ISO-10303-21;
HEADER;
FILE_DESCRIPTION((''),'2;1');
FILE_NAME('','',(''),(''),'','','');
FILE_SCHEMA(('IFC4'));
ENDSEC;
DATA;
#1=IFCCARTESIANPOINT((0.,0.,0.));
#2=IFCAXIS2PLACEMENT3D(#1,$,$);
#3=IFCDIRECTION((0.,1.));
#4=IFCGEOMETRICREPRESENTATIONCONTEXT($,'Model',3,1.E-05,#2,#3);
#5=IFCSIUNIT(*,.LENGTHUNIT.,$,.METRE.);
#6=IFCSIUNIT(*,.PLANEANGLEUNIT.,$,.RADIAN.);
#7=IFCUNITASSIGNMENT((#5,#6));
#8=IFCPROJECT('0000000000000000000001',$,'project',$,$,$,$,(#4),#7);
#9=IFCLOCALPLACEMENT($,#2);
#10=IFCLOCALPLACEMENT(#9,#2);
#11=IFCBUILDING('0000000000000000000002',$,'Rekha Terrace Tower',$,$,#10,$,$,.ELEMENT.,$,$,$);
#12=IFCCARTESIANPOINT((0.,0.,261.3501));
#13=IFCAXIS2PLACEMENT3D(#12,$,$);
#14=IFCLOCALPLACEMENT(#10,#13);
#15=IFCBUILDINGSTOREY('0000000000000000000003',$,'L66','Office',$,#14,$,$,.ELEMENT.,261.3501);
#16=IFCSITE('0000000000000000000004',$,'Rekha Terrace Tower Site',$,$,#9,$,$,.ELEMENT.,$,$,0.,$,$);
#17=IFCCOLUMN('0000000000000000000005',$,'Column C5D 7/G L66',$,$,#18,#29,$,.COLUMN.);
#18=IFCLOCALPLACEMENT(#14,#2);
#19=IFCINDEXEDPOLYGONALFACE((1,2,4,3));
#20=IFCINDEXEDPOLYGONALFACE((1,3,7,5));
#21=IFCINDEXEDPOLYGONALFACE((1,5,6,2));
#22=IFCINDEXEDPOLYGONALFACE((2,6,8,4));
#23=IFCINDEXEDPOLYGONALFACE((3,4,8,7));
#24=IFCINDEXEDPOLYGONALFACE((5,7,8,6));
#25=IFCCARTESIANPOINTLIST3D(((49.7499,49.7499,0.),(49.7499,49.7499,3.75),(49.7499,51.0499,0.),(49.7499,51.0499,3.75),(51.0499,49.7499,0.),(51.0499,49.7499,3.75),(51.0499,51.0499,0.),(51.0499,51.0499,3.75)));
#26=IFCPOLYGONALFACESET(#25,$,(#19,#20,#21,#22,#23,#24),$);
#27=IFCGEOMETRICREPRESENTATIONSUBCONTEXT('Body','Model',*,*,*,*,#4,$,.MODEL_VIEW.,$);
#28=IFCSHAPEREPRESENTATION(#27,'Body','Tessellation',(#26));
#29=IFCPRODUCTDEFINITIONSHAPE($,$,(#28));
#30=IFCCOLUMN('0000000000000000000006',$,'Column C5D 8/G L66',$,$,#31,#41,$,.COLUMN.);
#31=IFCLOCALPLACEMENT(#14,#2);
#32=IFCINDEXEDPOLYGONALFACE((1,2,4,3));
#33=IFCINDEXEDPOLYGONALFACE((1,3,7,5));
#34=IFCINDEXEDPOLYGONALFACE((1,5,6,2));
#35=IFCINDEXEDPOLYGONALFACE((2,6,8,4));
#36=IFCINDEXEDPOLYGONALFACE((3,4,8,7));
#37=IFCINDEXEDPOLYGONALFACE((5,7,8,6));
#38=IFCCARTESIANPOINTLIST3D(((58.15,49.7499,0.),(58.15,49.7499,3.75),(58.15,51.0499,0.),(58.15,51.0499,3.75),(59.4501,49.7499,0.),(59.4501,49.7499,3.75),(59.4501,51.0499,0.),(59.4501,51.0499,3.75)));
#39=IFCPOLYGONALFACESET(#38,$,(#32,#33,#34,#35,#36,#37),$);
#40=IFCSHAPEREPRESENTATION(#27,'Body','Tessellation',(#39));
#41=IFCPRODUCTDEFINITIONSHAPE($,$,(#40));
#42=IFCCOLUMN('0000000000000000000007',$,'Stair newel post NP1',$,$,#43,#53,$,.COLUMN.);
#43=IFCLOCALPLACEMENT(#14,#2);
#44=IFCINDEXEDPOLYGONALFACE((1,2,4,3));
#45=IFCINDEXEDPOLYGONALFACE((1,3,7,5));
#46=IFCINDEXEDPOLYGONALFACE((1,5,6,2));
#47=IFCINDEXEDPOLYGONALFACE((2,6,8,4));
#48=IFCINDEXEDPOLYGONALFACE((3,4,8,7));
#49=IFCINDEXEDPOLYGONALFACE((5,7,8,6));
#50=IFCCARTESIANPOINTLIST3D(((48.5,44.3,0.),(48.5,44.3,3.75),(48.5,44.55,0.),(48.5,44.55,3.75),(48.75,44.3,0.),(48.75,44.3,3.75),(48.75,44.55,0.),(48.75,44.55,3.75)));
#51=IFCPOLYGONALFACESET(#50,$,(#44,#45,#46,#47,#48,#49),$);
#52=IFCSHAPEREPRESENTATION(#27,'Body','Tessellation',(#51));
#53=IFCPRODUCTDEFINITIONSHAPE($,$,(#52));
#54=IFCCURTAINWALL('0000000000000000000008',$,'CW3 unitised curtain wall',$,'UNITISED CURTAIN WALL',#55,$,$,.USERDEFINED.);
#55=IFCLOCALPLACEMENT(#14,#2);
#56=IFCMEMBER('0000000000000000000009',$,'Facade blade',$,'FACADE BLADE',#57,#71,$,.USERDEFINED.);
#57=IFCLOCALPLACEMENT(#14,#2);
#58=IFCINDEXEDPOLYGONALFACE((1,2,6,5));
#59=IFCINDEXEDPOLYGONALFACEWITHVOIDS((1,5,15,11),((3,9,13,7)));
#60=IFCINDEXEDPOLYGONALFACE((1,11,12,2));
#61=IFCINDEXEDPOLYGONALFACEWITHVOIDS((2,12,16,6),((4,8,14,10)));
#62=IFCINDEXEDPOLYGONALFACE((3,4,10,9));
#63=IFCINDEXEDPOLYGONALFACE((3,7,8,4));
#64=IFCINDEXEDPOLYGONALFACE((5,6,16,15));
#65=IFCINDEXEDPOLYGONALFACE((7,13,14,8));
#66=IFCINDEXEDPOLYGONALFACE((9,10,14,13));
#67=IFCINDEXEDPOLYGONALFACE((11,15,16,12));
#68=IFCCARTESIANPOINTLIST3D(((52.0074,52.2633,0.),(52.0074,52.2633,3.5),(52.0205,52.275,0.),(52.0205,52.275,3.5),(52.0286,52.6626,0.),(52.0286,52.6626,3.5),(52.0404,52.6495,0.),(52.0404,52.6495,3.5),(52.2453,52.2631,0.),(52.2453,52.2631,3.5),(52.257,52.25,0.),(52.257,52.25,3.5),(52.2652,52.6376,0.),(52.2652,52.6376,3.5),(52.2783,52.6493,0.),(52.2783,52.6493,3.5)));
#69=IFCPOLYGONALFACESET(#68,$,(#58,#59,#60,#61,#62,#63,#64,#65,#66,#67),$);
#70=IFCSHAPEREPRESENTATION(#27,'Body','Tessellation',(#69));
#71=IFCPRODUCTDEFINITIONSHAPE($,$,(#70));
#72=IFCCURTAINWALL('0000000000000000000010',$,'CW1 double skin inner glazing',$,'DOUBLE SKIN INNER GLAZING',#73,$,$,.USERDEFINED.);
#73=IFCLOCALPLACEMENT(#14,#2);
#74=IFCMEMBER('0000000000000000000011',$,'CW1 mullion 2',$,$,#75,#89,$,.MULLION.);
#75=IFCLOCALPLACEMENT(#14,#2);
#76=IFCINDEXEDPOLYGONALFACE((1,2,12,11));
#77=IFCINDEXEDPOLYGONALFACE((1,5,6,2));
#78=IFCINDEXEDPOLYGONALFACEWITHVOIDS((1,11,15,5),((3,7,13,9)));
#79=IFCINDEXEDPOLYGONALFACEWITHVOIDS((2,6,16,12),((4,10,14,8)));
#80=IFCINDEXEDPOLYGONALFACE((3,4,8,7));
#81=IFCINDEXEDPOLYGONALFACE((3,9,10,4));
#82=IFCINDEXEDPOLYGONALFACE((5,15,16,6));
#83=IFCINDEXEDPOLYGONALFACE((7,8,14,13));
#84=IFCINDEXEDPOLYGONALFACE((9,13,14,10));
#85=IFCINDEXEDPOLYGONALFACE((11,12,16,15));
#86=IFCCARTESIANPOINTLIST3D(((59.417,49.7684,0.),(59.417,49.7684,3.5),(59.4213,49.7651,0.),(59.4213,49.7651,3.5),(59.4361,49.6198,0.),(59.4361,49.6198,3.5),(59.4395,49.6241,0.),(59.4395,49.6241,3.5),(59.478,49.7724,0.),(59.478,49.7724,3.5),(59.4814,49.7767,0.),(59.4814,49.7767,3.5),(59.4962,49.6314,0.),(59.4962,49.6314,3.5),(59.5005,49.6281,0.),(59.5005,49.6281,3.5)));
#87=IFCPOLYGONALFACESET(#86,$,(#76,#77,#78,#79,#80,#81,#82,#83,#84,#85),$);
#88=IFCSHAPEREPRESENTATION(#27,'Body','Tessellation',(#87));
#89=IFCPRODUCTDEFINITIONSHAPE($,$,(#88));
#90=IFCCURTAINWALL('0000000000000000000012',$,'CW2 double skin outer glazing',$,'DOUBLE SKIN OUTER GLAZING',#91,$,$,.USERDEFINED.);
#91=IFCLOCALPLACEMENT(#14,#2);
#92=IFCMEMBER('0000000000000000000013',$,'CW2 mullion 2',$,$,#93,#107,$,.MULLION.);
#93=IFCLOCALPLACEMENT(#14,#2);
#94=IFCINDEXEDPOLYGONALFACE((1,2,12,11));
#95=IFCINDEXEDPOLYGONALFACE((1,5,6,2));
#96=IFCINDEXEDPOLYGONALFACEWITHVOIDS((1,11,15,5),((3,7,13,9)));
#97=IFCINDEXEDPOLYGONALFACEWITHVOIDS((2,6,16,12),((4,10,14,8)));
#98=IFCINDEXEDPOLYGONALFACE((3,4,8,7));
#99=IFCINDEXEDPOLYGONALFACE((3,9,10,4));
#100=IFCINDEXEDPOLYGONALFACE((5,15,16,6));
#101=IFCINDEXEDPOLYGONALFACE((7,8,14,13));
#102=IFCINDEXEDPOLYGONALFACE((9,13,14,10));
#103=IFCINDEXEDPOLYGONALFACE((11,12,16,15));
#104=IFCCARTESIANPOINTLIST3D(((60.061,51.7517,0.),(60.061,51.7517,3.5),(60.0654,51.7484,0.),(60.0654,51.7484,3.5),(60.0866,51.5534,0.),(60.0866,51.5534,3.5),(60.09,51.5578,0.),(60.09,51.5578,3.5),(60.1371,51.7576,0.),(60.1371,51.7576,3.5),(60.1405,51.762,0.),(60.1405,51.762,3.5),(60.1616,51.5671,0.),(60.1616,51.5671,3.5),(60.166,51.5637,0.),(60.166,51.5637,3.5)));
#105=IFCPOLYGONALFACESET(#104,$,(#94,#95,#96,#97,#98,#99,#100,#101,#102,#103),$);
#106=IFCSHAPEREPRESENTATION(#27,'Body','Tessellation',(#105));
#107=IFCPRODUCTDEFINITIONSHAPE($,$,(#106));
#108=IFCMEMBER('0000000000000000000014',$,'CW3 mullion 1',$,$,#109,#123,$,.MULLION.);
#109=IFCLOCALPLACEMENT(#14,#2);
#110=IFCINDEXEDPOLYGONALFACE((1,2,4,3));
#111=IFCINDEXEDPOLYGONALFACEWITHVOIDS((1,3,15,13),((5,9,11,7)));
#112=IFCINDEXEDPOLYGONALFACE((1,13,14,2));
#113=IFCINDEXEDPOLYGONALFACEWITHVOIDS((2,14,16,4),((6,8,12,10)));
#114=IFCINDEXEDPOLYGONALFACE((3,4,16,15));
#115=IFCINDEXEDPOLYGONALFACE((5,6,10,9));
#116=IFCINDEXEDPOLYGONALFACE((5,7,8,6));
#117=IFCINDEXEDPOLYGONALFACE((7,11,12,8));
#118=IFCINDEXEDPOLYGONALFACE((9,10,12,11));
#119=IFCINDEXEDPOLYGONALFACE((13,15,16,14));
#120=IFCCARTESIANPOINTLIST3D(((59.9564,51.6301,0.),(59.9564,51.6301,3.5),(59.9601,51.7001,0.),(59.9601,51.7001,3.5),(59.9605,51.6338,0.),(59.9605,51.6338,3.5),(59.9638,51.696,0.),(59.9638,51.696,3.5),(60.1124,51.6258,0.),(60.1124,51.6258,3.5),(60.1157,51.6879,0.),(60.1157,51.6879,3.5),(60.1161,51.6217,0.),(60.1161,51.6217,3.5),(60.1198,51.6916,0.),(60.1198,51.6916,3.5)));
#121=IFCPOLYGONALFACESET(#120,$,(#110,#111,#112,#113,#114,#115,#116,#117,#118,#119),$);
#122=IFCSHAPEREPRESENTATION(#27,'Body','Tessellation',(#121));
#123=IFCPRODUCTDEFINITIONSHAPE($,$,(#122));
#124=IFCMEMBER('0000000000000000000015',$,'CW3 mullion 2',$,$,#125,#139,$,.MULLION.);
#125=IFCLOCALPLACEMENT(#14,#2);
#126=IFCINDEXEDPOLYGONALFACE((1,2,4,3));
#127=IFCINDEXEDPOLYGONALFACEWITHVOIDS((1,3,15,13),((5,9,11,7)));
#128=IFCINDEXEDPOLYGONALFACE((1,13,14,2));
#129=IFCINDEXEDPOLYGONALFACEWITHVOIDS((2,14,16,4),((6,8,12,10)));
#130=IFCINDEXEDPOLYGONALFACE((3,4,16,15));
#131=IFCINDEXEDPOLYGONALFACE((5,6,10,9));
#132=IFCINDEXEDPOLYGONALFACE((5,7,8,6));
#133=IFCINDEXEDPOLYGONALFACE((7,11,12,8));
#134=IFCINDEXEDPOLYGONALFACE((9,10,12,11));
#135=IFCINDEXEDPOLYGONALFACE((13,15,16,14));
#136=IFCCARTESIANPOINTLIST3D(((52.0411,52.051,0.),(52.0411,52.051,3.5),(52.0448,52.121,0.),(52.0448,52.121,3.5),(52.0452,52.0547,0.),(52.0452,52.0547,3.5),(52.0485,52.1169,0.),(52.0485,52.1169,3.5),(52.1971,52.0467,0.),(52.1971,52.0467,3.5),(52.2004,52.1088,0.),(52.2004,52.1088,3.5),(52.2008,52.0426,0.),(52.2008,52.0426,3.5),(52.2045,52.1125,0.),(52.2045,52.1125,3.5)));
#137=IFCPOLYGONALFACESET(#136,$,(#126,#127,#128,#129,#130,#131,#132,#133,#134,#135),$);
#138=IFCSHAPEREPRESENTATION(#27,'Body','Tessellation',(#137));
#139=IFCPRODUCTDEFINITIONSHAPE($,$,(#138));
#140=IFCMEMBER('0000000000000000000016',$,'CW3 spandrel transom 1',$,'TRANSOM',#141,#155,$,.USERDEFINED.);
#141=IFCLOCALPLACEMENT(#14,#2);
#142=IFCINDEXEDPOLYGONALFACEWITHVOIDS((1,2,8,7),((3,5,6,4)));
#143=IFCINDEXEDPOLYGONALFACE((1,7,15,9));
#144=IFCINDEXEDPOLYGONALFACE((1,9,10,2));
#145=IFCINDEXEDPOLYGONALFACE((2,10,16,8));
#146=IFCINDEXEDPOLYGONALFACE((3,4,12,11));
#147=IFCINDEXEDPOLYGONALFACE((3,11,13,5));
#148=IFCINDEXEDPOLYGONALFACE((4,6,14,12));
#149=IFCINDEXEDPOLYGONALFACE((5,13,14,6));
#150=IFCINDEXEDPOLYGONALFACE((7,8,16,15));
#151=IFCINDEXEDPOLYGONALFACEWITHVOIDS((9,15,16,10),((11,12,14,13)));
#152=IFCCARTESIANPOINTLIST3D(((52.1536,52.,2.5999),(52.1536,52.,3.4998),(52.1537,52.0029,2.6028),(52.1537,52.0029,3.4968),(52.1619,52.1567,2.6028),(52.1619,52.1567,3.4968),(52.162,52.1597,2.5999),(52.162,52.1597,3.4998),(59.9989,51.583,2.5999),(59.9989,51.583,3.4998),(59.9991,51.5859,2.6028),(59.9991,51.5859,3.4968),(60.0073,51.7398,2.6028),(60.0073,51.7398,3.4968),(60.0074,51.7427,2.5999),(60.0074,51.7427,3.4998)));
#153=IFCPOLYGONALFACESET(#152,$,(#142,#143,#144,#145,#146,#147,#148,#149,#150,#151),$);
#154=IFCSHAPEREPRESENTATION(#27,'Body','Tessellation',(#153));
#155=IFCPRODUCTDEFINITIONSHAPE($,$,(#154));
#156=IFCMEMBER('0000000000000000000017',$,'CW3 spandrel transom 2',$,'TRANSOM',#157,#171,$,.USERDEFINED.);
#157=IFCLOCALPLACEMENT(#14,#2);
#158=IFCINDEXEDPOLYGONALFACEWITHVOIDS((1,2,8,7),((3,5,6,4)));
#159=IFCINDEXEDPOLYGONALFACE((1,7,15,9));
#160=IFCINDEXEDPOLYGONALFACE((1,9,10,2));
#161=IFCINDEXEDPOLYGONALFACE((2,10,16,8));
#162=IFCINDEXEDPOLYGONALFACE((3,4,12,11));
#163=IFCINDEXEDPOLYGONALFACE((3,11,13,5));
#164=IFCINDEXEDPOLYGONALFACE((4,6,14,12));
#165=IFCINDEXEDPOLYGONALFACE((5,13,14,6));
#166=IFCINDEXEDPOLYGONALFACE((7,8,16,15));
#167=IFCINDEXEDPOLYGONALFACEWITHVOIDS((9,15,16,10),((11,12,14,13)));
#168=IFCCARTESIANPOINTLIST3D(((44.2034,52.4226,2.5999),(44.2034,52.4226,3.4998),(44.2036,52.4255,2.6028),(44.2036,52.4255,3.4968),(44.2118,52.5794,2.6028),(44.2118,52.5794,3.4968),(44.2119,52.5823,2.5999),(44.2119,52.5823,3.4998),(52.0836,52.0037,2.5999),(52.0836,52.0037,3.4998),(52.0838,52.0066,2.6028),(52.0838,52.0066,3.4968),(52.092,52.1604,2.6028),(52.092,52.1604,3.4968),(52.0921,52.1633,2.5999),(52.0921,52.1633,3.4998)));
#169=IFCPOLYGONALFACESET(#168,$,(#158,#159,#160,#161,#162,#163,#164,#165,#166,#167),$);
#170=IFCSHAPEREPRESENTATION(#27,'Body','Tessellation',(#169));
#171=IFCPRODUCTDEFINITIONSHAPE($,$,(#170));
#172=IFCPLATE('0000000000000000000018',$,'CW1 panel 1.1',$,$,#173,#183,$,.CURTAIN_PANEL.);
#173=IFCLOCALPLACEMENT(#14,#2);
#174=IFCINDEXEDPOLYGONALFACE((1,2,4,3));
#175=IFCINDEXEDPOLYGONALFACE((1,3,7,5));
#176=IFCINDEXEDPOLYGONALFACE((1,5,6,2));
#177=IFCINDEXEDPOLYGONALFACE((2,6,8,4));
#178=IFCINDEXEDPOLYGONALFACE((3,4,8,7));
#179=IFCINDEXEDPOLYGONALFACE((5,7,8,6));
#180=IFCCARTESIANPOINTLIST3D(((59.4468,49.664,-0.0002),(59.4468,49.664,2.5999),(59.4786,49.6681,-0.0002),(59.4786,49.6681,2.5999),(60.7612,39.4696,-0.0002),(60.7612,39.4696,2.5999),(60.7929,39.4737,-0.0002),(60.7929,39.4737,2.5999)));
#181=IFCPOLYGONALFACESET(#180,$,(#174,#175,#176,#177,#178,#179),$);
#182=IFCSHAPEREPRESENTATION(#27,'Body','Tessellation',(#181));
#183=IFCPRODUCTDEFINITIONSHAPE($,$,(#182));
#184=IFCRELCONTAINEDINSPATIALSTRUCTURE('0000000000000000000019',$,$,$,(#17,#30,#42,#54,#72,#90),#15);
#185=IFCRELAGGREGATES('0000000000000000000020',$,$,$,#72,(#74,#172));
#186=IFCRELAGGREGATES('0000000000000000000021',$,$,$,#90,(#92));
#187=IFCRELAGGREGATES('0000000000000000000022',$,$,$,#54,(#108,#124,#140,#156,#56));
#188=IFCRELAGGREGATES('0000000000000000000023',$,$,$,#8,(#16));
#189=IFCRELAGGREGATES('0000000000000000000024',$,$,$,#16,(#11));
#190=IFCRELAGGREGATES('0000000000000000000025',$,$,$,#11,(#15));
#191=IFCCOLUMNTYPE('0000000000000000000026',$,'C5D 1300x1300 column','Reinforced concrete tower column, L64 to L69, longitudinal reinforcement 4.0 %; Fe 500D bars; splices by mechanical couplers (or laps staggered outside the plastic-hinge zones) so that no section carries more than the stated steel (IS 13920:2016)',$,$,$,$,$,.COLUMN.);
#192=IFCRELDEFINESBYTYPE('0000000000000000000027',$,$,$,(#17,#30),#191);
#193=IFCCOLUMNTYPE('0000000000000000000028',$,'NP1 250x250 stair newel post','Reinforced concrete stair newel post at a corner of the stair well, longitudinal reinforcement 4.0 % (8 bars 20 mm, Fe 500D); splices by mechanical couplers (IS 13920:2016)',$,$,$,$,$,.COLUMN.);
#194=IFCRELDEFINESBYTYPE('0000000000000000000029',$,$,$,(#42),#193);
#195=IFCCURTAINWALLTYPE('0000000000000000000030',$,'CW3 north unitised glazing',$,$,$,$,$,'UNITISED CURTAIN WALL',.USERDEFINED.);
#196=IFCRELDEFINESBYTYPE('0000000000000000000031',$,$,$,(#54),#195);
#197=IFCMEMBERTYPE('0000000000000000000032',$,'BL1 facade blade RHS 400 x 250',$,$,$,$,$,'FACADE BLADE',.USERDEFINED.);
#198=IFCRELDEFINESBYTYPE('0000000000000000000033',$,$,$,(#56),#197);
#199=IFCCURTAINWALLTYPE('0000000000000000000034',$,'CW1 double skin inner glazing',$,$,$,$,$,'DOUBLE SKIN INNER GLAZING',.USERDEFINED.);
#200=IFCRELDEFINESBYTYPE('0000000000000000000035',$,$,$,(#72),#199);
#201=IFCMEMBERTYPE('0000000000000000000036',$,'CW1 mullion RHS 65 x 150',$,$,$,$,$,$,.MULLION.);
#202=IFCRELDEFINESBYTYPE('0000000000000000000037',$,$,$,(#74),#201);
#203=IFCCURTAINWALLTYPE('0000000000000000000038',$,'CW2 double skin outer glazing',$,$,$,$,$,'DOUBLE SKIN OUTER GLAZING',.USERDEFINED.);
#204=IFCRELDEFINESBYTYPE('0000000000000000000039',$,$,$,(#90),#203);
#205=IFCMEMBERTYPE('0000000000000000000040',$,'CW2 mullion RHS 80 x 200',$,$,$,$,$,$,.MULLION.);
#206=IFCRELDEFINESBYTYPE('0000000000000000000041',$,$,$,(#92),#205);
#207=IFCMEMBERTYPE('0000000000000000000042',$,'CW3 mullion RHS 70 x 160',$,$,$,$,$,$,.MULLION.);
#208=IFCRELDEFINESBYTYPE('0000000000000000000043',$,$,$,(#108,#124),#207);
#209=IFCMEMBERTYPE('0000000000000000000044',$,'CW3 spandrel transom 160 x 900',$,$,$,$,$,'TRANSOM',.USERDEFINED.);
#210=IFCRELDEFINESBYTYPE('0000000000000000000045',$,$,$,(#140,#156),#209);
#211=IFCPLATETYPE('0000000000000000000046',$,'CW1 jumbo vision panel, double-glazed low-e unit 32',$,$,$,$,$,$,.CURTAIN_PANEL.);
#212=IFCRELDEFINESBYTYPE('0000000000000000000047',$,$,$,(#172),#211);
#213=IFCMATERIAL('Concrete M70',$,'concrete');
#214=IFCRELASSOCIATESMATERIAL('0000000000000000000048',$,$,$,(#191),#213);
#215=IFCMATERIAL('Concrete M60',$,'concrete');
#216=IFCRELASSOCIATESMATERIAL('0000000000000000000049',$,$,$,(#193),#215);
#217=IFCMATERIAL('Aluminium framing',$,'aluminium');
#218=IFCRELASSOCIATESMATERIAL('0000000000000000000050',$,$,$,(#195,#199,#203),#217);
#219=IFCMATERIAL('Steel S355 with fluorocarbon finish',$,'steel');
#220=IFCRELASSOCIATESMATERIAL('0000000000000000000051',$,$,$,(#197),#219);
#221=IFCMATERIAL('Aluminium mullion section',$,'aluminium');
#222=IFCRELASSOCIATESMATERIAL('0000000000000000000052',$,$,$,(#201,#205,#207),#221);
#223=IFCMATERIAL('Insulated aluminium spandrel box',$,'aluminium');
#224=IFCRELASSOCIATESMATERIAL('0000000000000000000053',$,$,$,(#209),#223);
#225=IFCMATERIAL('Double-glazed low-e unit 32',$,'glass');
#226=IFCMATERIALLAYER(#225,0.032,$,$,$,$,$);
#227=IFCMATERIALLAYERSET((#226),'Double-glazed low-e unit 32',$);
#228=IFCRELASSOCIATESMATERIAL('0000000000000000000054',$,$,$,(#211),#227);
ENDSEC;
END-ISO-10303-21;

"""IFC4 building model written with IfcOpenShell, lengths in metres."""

from ifc_helpers import new_model, si_unit, direction, frame, origin, origin_2d, place, context, subcontext, project, spatial, rectangle, hollow_rectangle, extrude, material, layer, layer_set, material_profile, profile_set, type_object, element, aggregate, save


model = new_model("IFC4")

# Units and contexts
model_context = context("Model", 3, precision=1e-05, world=origin(), true_north=direction((0.0, 1.0)))
body_context = subcontext(model_context, "Body", "Model", "MODEL_VIEW")
ifc_project = project(units=[si_unit("LENGTHUNIT", "METRE"), si_unit("PLANEANGLEUNIT", "RADIAN")], contexts=[model_context])

# Site, building, storey
site_placement = place(None, origin())
site = spatial("IfcSite", under=ifc_project, at=site_placement, Name="Rekha Terrace Tower Site", CompositionType="ELEMENT", RefElevation=0.0)
building_placement = place(site_placement, origin())
building = spatial("IfcBuilding", under=site, at=building_placement, Name="Rekha Terrace Tower", CompositionType="ELEMENT")
storey_placement = place(building_placement, frame((0.0, 0.0, 261.3501)))
storey = spatial("IfcBuildingStorey", under=building, at=storey_placement, Name="L66", Description="Office", CompositionType="ELEMENT", Elevation=261.3501)

# Columns
ifc_material_1 = material(Name="Concrete M70", Category="concrete")
ifc_material_profile_1 = material_profile(ifc_material_1, rectangle(XDim=1.3, YDim=1.3, at=origin_2d()), Name="RC 1300x1300")
ifc_profile_set_1 = profile_set([ifc_material_profile_1], Name="Concrete M70")
column_type_1 = type_object("IfcColumnType", Name="C5D 1300x1300 column", Description="Reinforced concrete tower column, L64 to L69, longitudinal reinforcement 4.0 %; Fe 500D bars; splices by mechanical couplers (or laps staggered outside the plastic-hinge zones) so that no section carries more than the stated steel (IS 13920:2016)", PredefinedType="COLUMN", material=ifc_profile_set_1)
for number, where, z_axis, x_axis, name in (
    (1, (50.3999, 50.3999, 0.0), (0.0, 0.0, 1.0), (1.0, 0.0, 0.0), "Column C5D 7/G L66"),
    (2, (58.8, 50.3999, 0.0), (0.0, 0.0, 1.0), (1.0, 0.0, 0.0), "Column C5D 8/G L66"),
):
    element("IfcColumn", number, at=place(storey_placement, frame(where, z_axis=z_axis, x_axis=x_axis)), inside=storey, type_object=column_type_1, Name=name, PredefinedType="COLUMN", context=body_context, shape_type="SweptSolid", body=[
        extrude(rectangle(XDim=1.3, YDim=1.3, at=origin_2d()), origin(), (0.0, 0.0, 1.0), 3.75),
    ])
ifc_material_2 = material(Name="Concrete M60", Category="concrete")
ifc_material_profile_2 = material_profile(ifc_material_2, rectangle(XDim=0.25, YDim=0.25, at=origin_2d()), Name="RC 250x250")
ifc_profile_set_2 = profile_set([ifc_material_profile_2], Name="Concrete M60")
column_type_2 = type_object("IfcColumnType", Name="NP1 250x250 stair newel post", Description="Reinforced concrete stair newel post at a corner of the stair well, longitudinal reinforcement 4.0 % (8 bars 20 mm, Fe 500D); splices by mechanical couplers (IS 13920:2016)", PredefinedType="COLUMN", material=ifc_profile_set_2)
column_placement = place(storey_placement, frame((48.625, 44.425, 0.0), z_axis=(0.0, 0.0, 1.0), x_axis=(1.0, 0.0, 0.0)))
element("IfcColumn", 3, at=column_placement, inside=storey, type_object=column_type_2, Name="Stair newel post NP1", PredefinedType="COLUMN", context=body_context, shape_type="SweptSolid", body=[
    extrude(rectangle(XDim=0.25, YDim=0.25, at=origin_2d()), origin(), (0.0, 0.0, 1.0), 3.75),
])

# Curtain walls, members
ifc_material_3 = material(Name="Aluminium framing", Category="aluminium")
curtain_wall_type_1 = type_object("IfcCurtainWallType", Name="CW3 north unitised glazing", ElementType="UNITISED CURTAIN WALL", PredefinedType="USERDEFINED", material=ifc_material_3)
curtain_wall_1_placement = place(storey_placement, origin())
curtain_wall_1 = element("IfcCurtainWall", 4, at=curtain_wall_1_placement, inside=storey, type_object=curtain_wall_type_1, Name="CW3 unitised curtain wall", ObjectType="UNITISED CURTAIN WALL", PredefinedType="USERDEFINED")
ifc_material_4 = material(Name="Steel S355 with fluorocarbon finish", Category="steel")
ifc_material_profile_3 = material_profile(ifc_material_4, hollow_rectangle(XDim=0.25, YDim=0.3999, WallThickness=0.0125, at=origin_2d()), Name="RHS400x250x12.5")
ifc_profile_set_3 = profile_set([ifc_material_profile_3], Name="Steel S355 with fluorocarbon finish")
member_type_1 = type_object("IfcMemberType", Name="BL1 facade blade RHS 400 x 250", ElementType="FACADE BLADE", PredefinedType="USERDEFINED", material=ifc_profile_set_3)
member_1_placement = place(storey_placement, frame((52.1428, 52.4563, 0.0), z_axis=(0.0, 0.0, 1.0), x_axis=(-0.99859, 0.053084, 0.0)))
member_1 = element("IfcMember", 5, at=member_1_placement, type_object=member_type_1, Name="Facade blade", ObjectType="FACADE BLADE", PredefinedType="USERDEFINED", context=body_context, shape_type="SweptSolid", body=[
    extrude(hollow_rectangle(XDim=0.25, YDim=0.3999, WallThickness=0.0125, at=origin_2d()), origin(), (0.0, 0.0, 1.0), 3.5),
])
curtain_wall_type_2 = type_object("IfcCurtainWallType", Name="CW1 double skin inner glazing", ElementType="DOUBLE SKIN INNER GLAZING", PredefinedType="USERDEFINED", material=ifc_material_3)
curtain_wall_2_placement = place(storey_placement, origin())
curtain_wall_2 = element("IfcCurtainWall", 6, at=curtain_wall_2_placement, inside=storey, type_object=curtain_wall_type_2, Name="CW1 double skin inner glazing", ObjectType="DOUBLE SKIN INNER GLAZING", PredefinedType="USERDEFINED")
ifc_material_5 = material(Name="Aluminium mullion section", Category="aluminium")
ifc_material_profile_4 = material_profile(ifc_material_5, hollow_rectangle(XDim=0.0649, YDim=0.1499, WallThickness=0.0039, at=origin_2d()), Name="AL RHS 65x150")
ifc_profile_set_4 = profile_set([ifc_material_profile_4], Name="Aluminium mullion section")
member_type_2 = type_object("IfcMemberType", Name="CW1 mullion RHS 65 x 150", PredefinedType="MULLION", material=ifc_profile_set_4)
member_2_placement = place(storey_placement, frame((59.4587, 49.6982, 0.0), z_axis=(0.0, 0.0, 1.0), x_axis=(-0.991791, -0.12787, 0.0)))
member_2 = element("IfcMember", 7, at=member_2_placement, type_object=member_type_2, Name="CW1 mullion 2", PredefinedType="MULLION", context=body_context, shape_type="SweptSolid", body=[
    extrude(hollow_rectangle(XDim=0.0649, YDim=0.1499, WallThickness=0.0039, at=origin_2d()), origin(), (0.0, 0.0, 1.0), 3.5),
])
curtain_wall_type_3 = type_object("IfcCurtainWallType", Name="CW2 double skin outer glazing", ElementType="DOUBLE SKIN OUTER GLAZING", PredefinedType="USERDEFINED", material=ifc_material_3)
curtain_wall_3_placement = place(storey_placement, origin())
curtain_wall_3 = element("IfcCurtainWall", 8, at=curtain_wall_3_placement, inside=storey, type_object=curtain_wall_type_3, Name="CW2 double skin outer glazing", ObjectType="DOUBLE SKIN OUTER GLAZING", PredefinedType="USERDEFINED")
ifc_material_profile_5 = material_profile(ifc_material_5, hollow_rectangle(XDim=0.0801, YDim=0.2, WallThickness=0.0039, at=origin_2d()), Name="AL RHS 80x200")
ifc_profile_set_5 = profile_set([ifc_material_profile_5], Name="Aluminium mullion section")
member_type_3 = type_object("IfcMemberType", Name="CW2 mullion RHS 80 x 200", PredefinedType="MULLION", material=ifc_profile_set_5)
member_3_placement = place(storey_placement, frame((60.1135, 51.6577, 0.0), z_axis=(0.0, 0.0, 1.0), x_axis=(-0.991791, -0.12787, 0.0)))
member_3 = element("IfcMember", 9, at=member_3_placement, type_object=member_type_3, Name="CW2 mullion 2", PredefinedType="MULLION", context=body_context, shape_type="SweptSolid", body=[
    extrude(hollow_rectangle(XDim=0.0801, YDim=0.2, WallThickness=0.0039, at=origin_2d()), origin(), (0.0, 0.0, 1.0), 3.5),
])

# Members
ifc_material_profile_6 = material_profile(ifc_material_5, hollow_rectangle(XDim=0.0701, YDim=0.1599, WallThickness=0.0039, at=origin_2d()), Name="AL RHS 70x160")
ifc_profile_set_6 = profile_set([ifc_material_profile_6], Name="Aluminium mullion section")
member_type_4 = type_object("IfcMemberType", Name="CW3 mullion RHS 70 x 160", PredefinedType="MULLION", material=ifc_profile_set_6)
member_4_placement = place(storey_placement, frame((60.0381, 51.6609, 0.0), z_axis=(0.0, 0.0, 1.0), x_axis=(-0.053083, -0.99859, 0.0)))
member_4 = element("IfcMember", 10, at=member_4_placement, type_object=member_type_4, Name="CW3 mullion 1", PredefinedType="MULLION", context=body_context, shape_type="SweptSolid", body=[
    extrude(hollow_rectangle(XDim=0.0701, YDim=0.1599, WallThickness=0.0039, at=origin_2d()), origin(), (0.0, 0.0, 1.0), 3.5),
])
member_5_placement = place(storey_placement, frame((52.1228, 52.0818, 0.0), z_axis=(0.0, 0.0, 1.0), x_axis=(-0.053083, -0.99859, 0.0)))
member_5 = element("IfcMember", 11, at=member_5_placement, type_object=member_type_4, Name="CW3 mullion 2", PredefinedType="MULLION", context=body_context, shape_type="SweptSolid", body=[
    extrude(hollow_rectangle(XDim=0.0701, YDim=0.1599, WallThickness=0.0039, at=origin_2d()), origin(), (0.0, 0.0, 1.0), 3.5),
])
ifc_material_6 = material(Name="Insulated aluminium spandrel box", Category="aluminium")
ifc_material_profile_7 = material_profile(ifc_material_6, hollow_rectangle(XDim=0.1599, YDim=0.8999, WallThickness=0.0029, at=origin_2d()), Name="AL SPANDREL BOX 160x900")
ifc_profile_set_7 = profile_set([ifc_material_profile_7], Name="Insulated aluminium spandrel box")
member_type_5 = type_object("IfcMemberType", Name="CW3 spandrel transom 160 x 900", ElementType="TRANSOM", PredefinedType="USERDEFINED", material=ifc_profile_set_7)
member_6_placement = place(storey_placement, frame((60.0032, 51.6628, 3.0498), z_axis=(-0.99859, 0.053076, 0.0), x_axis=(-0.053076, -0.99859, 0.0)))
member_6 = element("IfcMember", 12, at=member_6_placement, type_object=member_type_5, Name="CW3 spandrel transom 1", ObjectType="TRANSOM", PredefinedType="USERDEFINED", context=body_context, shape_type="SweptSolid", body=[
    extrude(hollow_rectangle(XDim=0.1599, YDim=0.8999, WallThickness=0.0029, at=origin_2d()), origin(), (0.0, 0.0, 1.0), 7.8564),
])
member_7_placement = place(storey_placement, frame((52.0879, 52.0835, 3.0498), z_axis=(-0.99859, 0.05309, 0.0), x_axis=(-0.05309, -0.99859, 0.0)))
member_7 = element("IfcMember", 13, at=member_7_placement, type_object=member_type_5, Name="CW3 spandrel transom 2", ObjectType="TRANSOM", PredefinedType="USERDEFINED", context=body_context, shape_type="SweptSolid", body=[
    extrude(hollow_rectangle(XDim=0.1599, YDim=0.8999, WallThickness=0.0029, at=origin_2d()), origin(), (0.0, 0.0, 1.0), 7.8914),
])

# Plate
ifc_material_7 = material(Name="Double-glazed low-e unit 32", Category="glass")
ifc_layer_1 = layer(ifc_material_7, 0.032)
ifc_layer_set_1 = layer_set([ifc_layer_1], Name="Double-glazed low-e unit 32")
plate_type_1 = type_object("IfcPlateType", Name="CW1 jumbo vision panel, double-glazed low-e unit 32", PredefinedType="CURTAIN_PANEL", material=ifc_layer_set_1)
plate_1_placement = place(storey_placement, frame((60.1199, 44.5688, -0.0002), z_axis=(0.0, 0.0, 1.0), x_axis=(-0.12787, 0.991791, 0.0)))
plate_1 = element("IfcPlate", 14, at=plate_1_placement, type_object=plate_type_1, Name="CW1 panel 1.1", PredefinedType="CURTAIN_PANEL", context=body_context, shape_type="SweptSolid", body=[
    extrude(rectangle(XDim=10.2788, YDim=0.032, at=origin_2d()), origin(), (0.0, 0.0, 1.0), 2.6001),
])
aggregate(curtain_wall_2, [member_2, plate_1])
aggregate(curtain_wall_3, [member_3])
aggregate(curtain_wall_1, [member_4, member_5, member_6, member_7, member_1])

save(model, "model.ifc")
